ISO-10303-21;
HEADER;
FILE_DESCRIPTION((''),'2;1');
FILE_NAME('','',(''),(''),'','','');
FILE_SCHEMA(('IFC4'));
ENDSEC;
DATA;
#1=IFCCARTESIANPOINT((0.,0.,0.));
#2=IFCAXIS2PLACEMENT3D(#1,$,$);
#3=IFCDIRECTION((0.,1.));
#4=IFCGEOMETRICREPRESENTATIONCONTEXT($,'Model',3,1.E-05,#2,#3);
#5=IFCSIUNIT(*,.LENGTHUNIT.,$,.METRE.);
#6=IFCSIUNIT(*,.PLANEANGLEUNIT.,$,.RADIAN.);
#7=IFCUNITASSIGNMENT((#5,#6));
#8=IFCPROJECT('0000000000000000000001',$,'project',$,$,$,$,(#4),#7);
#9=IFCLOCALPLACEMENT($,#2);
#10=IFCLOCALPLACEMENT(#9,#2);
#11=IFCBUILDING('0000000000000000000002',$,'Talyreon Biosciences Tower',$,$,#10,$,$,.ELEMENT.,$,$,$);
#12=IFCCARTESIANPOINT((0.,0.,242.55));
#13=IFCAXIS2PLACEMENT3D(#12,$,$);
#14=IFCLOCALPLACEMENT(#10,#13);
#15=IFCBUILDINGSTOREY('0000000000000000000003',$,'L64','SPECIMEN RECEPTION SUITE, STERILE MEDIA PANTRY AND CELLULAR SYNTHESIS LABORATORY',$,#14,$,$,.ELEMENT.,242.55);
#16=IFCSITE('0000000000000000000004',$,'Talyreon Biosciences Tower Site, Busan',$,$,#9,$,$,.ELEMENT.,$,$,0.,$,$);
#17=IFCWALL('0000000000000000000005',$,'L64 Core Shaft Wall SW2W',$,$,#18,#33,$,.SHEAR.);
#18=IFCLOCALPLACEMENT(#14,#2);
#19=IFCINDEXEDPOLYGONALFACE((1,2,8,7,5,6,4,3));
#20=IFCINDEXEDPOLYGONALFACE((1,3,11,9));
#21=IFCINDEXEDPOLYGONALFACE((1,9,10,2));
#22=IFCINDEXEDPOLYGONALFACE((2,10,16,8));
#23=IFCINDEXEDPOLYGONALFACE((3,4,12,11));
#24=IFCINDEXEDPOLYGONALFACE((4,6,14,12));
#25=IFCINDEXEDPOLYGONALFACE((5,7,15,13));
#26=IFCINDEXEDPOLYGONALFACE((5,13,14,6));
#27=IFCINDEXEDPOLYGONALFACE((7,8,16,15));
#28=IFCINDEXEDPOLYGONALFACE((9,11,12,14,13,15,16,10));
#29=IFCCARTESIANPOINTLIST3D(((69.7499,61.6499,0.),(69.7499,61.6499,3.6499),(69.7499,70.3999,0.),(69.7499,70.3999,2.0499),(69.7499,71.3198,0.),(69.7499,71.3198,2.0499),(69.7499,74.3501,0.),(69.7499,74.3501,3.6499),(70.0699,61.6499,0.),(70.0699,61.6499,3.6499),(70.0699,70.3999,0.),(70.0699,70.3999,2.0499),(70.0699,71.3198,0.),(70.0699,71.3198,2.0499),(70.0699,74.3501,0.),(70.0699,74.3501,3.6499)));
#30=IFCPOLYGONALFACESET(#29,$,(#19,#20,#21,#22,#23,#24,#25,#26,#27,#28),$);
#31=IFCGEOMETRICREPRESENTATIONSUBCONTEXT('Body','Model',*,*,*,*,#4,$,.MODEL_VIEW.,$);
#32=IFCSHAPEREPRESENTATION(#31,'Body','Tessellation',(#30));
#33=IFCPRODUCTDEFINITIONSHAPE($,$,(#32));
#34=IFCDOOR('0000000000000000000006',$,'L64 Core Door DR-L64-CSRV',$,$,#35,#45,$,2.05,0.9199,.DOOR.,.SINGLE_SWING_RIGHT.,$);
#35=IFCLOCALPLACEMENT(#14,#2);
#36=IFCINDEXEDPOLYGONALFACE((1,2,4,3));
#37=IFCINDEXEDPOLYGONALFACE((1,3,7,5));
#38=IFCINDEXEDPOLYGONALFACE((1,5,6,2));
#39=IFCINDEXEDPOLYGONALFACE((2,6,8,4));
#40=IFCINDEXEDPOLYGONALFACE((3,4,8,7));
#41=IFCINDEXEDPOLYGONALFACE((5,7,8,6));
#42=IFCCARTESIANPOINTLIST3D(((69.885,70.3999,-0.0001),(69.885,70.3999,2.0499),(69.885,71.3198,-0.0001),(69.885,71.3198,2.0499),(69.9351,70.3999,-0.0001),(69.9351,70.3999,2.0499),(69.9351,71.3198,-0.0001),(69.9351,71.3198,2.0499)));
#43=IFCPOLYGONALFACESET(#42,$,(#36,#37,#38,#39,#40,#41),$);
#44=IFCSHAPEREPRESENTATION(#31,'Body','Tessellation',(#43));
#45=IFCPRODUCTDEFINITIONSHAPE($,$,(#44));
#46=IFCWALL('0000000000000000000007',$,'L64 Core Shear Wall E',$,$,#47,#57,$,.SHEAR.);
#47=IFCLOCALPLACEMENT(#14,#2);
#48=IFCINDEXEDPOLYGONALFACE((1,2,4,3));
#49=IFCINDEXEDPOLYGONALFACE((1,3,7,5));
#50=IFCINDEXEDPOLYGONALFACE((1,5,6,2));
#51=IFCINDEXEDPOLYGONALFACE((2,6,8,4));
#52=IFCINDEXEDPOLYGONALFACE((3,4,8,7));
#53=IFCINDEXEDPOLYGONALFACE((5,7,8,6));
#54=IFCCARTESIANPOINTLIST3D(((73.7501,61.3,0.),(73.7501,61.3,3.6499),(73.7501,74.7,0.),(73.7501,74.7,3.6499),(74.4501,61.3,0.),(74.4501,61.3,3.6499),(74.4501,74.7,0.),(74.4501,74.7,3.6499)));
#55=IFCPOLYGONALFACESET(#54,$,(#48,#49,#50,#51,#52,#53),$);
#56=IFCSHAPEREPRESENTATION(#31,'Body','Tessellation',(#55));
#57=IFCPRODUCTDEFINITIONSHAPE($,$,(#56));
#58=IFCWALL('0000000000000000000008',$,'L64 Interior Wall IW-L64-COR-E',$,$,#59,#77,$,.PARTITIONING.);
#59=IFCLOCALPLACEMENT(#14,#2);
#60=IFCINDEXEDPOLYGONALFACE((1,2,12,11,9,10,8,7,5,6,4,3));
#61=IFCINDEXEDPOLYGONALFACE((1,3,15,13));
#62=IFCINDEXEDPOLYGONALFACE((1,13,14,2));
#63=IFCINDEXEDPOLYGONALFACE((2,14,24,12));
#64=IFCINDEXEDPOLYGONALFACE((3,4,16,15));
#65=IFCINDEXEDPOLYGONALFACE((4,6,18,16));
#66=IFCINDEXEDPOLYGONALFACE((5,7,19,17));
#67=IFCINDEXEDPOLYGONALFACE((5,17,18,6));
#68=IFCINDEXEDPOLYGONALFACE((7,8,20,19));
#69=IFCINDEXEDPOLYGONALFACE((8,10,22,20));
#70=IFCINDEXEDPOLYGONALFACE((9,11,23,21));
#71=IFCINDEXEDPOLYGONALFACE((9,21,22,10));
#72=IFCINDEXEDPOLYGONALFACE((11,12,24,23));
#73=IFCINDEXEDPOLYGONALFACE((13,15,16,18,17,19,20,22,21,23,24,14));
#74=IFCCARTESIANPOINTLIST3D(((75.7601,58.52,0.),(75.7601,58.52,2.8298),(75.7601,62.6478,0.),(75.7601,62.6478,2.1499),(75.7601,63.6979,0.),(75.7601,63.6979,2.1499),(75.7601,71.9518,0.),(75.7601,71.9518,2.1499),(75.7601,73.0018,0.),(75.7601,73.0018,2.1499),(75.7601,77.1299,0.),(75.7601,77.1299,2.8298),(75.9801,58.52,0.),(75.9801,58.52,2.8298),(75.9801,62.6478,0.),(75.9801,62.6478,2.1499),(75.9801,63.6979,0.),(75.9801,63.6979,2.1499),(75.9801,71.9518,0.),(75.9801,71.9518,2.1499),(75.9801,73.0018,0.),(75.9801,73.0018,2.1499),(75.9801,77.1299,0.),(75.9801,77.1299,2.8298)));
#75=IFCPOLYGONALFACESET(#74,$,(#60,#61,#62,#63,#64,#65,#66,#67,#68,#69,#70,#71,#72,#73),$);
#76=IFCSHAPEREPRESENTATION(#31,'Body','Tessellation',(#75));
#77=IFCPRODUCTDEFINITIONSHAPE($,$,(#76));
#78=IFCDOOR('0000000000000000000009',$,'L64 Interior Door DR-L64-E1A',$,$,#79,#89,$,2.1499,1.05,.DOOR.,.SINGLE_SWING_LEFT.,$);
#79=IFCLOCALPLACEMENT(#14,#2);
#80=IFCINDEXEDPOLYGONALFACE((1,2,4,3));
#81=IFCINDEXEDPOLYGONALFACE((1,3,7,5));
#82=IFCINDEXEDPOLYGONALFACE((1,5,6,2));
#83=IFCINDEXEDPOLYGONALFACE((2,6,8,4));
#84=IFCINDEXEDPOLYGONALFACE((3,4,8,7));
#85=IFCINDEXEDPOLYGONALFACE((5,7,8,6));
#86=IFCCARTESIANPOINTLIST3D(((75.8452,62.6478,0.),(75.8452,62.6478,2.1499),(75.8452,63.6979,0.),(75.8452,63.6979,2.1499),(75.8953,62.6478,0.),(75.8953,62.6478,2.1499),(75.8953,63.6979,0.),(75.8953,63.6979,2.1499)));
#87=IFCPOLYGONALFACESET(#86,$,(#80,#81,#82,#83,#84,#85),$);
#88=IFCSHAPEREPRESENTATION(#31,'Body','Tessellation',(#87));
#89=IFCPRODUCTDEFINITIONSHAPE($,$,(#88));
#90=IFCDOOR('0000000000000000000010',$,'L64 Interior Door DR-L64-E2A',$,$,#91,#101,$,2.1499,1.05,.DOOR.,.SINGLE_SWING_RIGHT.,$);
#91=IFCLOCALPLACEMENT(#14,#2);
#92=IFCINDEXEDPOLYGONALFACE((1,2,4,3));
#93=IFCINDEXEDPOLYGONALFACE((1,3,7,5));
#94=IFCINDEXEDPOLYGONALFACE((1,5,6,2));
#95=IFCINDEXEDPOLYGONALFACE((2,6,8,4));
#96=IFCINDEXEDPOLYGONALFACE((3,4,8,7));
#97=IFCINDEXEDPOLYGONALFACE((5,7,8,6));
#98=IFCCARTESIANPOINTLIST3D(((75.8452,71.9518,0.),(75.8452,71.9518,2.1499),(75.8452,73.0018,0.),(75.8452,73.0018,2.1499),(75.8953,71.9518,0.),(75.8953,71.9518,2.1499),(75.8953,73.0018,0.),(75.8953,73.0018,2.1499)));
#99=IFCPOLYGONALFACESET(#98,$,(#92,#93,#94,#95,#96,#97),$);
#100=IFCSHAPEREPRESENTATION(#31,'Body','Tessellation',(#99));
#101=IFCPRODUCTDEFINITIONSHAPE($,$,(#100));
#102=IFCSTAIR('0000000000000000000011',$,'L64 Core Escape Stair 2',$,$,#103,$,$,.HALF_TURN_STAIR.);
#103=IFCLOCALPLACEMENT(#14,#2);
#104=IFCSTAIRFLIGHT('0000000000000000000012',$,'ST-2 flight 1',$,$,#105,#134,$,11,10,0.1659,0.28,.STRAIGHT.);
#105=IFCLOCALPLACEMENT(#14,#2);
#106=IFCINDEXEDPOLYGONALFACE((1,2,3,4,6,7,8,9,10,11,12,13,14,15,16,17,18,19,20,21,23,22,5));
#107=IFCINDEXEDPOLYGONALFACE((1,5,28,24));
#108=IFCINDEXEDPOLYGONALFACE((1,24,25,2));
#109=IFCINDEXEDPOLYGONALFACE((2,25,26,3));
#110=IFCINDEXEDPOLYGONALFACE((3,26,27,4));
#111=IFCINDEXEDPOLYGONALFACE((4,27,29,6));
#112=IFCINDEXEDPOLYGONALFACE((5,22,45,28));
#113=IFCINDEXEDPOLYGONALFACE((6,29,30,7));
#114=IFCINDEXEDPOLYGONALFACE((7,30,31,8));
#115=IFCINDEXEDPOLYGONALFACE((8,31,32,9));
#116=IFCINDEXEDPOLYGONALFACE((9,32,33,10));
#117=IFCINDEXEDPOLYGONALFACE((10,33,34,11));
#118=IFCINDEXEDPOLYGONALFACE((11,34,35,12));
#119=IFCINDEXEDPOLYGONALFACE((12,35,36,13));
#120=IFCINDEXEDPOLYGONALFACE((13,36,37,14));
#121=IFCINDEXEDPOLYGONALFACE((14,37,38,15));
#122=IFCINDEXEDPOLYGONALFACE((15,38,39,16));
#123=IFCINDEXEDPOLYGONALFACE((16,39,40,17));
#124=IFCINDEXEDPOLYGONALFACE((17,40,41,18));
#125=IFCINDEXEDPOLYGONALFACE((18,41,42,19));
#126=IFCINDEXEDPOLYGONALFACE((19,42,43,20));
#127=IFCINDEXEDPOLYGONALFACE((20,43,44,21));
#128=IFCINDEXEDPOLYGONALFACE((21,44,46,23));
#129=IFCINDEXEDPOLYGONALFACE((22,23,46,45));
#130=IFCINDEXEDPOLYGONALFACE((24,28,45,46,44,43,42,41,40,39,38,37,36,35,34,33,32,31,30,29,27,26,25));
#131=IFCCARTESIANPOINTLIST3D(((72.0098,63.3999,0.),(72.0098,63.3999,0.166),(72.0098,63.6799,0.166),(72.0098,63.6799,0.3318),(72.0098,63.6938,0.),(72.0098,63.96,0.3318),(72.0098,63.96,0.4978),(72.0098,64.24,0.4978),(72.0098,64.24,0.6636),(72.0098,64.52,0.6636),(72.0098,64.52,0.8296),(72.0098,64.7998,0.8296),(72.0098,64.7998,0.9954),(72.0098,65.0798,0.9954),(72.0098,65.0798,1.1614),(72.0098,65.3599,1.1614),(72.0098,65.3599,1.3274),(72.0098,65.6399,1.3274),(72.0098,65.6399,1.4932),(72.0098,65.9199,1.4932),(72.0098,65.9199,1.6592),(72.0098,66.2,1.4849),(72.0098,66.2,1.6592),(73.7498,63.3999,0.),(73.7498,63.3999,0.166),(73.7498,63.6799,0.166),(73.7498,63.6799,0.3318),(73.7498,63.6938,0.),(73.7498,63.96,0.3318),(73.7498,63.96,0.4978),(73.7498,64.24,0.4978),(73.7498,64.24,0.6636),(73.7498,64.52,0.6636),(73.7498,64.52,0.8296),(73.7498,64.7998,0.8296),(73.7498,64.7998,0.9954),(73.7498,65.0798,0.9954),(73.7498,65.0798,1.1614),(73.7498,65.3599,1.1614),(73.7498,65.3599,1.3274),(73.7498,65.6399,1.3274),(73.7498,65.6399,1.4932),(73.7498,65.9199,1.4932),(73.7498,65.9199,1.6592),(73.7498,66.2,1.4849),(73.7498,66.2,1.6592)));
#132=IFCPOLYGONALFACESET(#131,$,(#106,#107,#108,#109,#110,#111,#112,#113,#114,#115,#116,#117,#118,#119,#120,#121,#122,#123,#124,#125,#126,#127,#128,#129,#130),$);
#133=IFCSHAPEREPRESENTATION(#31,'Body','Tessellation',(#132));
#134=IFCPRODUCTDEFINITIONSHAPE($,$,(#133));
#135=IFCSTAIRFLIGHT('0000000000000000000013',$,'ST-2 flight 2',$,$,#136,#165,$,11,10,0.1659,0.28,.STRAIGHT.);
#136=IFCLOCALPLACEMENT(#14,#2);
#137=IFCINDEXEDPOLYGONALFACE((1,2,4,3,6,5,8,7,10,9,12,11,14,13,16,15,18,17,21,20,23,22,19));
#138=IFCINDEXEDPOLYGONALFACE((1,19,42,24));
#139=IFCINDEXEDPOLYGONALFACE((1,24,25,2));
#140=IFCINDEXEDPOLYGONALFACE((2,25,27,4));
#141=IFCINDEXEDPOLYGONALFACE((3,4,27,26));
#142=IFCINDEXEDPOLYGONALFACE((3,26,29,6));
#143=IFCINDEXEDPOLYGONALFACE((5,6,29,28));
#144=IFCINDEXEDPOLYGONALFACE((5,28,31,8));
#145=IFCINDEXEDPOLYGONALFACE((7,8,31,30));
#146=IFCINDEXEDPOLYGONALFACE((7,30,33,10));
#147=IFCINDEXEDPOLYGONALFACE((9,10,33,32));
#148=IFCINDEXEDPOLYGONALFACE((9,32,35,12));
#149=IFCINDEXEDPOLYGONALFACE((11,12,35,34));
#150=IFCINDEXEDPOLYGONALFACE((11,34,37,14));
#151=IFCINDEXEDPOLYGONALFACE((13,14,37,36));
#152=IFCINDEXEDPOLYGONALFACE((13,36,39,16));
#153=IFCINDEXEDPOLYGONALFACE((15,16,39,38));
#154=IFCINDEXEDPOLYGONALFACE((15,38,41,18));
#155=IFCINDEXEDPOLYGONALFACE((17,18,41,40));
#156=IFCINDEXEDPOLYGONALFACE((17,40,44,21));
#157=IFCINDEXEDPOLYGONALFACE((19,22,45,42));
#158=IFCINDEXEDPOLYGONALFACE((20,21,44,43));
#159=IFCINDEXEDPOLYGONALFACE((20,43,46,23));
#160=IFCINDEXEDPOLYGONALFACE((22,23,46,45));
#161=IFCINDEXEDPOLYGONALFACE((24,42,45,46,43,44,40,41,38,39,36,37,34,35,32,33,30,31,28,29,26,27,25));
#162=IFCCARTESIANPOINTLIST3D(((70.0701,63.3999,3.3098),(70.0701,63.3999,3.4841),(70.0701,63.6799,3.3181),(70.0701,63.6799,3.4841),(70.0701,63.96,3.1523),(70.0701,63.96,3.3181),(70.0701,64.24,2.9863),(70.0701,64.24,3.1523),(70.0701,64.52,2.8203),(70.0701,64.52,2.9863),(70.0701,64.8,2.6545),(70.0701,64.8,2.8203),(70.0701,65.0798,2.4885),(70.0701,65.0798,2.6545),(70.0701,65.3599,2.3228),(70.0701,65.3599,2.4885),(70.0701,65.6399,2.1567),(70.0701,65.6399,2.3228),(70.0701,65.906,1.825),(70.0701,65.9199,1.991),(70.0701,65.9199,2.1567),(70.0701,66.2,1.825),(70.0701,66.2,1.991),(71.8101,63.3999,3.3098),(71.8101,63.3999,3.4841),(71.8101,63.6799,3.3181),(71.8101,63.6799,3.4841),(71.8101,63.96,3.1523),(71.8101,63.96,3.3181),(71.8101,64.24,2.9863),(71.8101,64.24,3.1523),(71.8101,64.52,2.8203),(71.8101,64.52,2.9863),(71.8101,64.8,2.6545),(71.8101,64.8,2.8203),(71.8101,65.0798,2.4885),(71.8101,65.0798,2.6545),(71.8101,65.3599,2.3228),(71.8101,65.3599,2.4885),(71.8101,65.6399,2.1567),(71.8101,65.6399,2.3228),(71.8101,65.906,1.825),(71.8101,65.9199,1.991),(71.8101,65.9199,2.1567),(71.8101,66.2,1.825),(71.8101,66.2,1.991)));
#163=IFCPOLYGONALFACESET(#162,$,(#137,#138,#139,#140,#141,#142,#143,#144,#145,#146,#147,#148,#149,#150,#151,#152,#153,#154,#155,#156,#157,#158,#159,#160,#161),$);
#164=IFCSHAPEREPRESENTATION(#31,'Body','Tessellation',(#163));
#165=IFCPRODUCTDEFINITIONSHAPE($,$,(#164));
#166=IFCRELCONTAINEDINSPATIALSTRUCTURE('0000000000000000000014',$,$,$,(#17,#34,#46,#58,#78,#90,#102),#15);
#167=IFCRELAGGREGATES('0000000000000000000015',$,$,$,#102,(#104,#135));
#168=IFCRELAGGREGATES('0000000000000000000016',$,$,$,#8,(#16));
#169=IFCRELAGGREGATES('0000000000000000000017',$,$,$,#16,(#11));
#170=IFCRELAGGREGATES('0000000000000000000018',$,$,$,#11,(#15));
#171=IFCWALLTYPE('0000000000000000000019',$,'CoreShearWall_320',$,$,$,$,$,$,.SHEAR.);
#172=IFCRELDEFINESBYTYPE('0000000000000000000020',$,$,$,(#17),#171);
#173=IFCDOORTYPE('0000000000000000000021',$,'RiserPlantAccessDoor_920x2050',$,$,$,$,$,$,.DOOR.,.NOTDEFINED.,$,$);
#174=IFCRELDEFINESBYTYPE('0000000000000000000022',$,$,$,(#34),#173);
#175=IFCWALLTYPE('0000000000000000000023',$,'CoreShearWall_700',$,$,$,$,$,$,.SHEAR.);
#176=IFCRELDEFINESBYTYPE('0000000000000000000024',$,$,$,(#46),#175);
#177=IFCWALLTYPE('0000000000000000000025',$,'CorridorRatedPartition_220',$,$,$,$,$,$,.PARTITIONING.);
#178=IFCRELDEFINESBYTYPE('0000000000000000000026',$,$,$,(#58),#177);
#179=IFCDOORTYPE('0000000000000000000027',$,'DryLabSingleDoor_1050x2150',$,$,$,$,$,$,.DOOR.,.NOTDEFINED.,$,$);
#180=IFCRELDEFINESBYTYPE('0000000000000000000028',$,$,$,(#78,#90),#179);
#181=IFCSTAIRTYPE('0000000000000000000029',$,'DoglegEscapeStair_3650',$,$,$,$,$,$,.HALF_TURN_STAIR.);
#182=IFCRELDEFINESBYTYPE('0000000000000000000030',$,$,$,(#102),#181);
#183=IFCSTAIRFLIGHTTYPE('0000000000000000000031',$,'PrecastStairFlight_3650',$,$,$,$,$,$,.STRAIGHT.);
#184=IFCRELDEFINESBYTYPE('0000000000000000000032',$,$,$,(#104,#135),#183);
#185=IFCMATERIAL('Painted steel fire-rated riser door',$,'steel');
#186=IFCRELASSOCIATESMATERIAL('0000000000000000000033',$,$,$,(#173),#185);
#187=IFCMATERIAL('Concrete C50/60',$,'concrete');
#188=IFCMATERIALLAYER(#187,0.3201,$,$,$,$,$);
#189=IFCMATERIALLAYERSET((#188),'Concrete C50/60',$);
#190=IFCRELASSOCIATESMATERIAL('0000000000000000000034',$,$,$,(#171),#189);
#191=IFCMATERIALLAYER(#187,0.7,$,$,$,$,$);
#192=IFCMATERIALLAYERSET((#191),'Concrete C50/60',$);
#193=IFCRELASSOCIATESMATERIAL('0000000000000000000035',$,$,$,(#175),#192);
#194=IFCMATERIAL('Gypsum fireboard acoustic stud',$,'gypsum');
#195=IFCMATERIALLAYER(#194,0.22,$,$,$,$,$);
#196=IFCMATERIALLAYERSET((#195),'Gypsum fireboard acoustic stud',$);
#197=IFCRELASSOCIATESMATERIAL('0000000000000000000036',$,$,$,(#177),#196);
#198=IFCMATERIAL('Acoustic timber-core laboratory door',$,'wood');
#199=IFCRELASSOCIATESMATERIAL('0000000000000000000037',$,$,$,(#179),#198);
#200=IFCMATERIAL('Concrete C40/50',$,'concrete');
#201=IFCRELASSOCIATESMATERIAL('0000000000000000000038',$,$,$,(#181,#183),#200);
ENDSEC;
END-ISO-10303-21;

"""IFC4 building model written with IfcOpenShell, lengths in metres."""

from ifc_helpers import new_model, si_unit, direction, frame, frame_2d, origin, place, context, subcontext, project, spatial, polyline, rectangle, outline, extrude, material, layer, layer_set, type_object, element, fill, aggregate, save


model = new_model("IFC4")

# Units and contexts
model_context = context("Model", 3, precision=1e-05, world=origin(), true_north=direction((0.0, 1.0)))
body_context = subcontext(model_context, "Body", "Model", "MODEL_VIEW")
ifc_project = project(units=[si_unit("LENGTHUNIT", "METRE"), si_unit("PLANEANGLEUNIT", "RADIAN")], contexts=[model_context])

# Site, building, storey
site_placement = place(None, origin())
site = spatial("IfcSite", under=ifc_project, at=site_placement, Name="Talyreon Biosciences Tower Site, Busan", CompositionType="ELEMENT", RefElevation=0.0)
building_placement = place(site_placement, origin())
building = spatial("IfcBuilding", under=site, at=building_placement, Name="Talyreon Biosciences Tower", CompositionType="ELEMENT")
storey_placement = place(building_placement, frame((0.0, 0.0, 242.55)))
storey = spatial("IfcBuildingStorey", under=building, at=storey_placement, Name="L64", Description="SPECIMEN RECEPTION SUITE, STERILE MEDIA PANTRY AND CELLULAR SYNTHESIS LABORATORY", CompositionType="ELEMENT", Elevation=242.55)

# Shared definitions
ifc_material_1 = material(Name="Concrete C50/60", Category="concrete")

# Wall, opening, door
ifc_material_2 = material(Name="Painted steel fire-rated riser door", Category="steel")
door_type_1 = type_object("IfcDoorType", Name="RiserPlantAccessDoor_920x2050", OperationType="NOTDEFINED", PredefinedType="DOOR", material=ifc_material_2)
ifc_layer_1 = layer(ifc_material_1, 0.3201)
ifc_layer_set_1 = layer_set([ifc_layer_1], Name="Concrete C50/60")
wall_type_1 = type_object("IfcWallType", Name="CoreShearWall_320", PredefinedType="SHEAR", material=ifc_layer_set_1)
wall_1_placement = place(storey_placement, frame((69.9099, 61.6499, 0.0), z_axis=(0.0, 0.0, 1.0), x_axis=(0.0, 1.0, 0.0)))
wall_1 = element("IfcWall", 1, at=wall_1_placement, inside=storey, type_object=wall_type_1, Name="L64 Core Shaft Wall SW2W", PredefinedType="SHEAR", context=body_context, shape_type="SweptSolid", body=[
    extrude(rectangle(XDim=12.7002, YDim=0.3201, at=frame_2d((6.3501, 0.0))), origin(), (0.0, 0.0, 1.0), 3.6499),
])
opening_1_placement = place(wall_1_placement, frame((8.75, 0.0, 0.0)))
opening_1 = element("IfcOpeningElement", 2, at=opening_1_placement, cuts=wall_1, PredefinedType="OPENING", context=body_context, shape_type="SweptSolid", body=[
    extrude(rectangle(XDim=0.9199, YDim=2.05, at=frame_2d((0.46, 1.0249))), frame((0.0, 0.1699, 0.0), z_axis=(0.0, -1.0, 0.0), x_axis=(1.0, 0.0, 0.0)), (0.0, 0.0, 1.0), 0.3401),
])
door_1_placement = place(opening_1_placement, origin())
door_1 = element("IfcDoor", 3, at=door_1_placement, inside=storey, type_object=door_type_1, Name="L64 Core Door DR-L64-CSRV", OperationType="SINGLE_SWING_RIGHT", OverallHeight=2.05, OverallWidth=0.9199, PredefinedType="DOOR", context=body_context, shape_type="SweptSolid", body=[
    extrude(rectangle(XDim=0.9199, YDim=2.05, at=frame_2d((0.46, 1.0249))), frame((0.0, 0.0249, 0.0), z_axis=(0.0, -1.0, 0.0), x_axis=(1.0, 0.0, 0.0)), (0.0, 0.0, 1.0), 0.05),
])
fill(opening_1, door_1)

# Wall
ifc_layer_2 = layer(ifc_material_1, 0.7)
ifc_layer_set_2 = layer_set([ifc_layer_2], Name="Concrete C50/60")
wall_type_2 = type_object("IfcWallType", Name="CoreShearWall_700", PredefinedType="SHEAR", material=ifc_layer_set_2)
wall_2_placement = place(storey_placement, frame((74.1001, 61.3, 0.0), z_axis=(0.0, 0.0, 1.0), x_axis=(0.0, 1.0, 0.0)))
element("IfcWall", 4, at=wall_2_placement, inside=storey, type_object=wall_type_2, Name="L64 Core Shear Wall E", PredefinedType="SHEAR", context=body_context, shape_type="SweptSolid", body=[
    extrude(rectangle(XDim=13.3999, YDim=0.7, at=frame_2d((6.7, 0.0))), origin(), (0.0, 0.0, 1.0), 3.6499),
])

# Wall, openings, doors
ifc_material_3 = material(Name="Gypsum fireboard acoustic stud", Category="gypsum")
ifc_layer_3 = layer(ifc_material_3, 0.22)
ifc_layer_set_3 = layer_set([ifc_layer_3], Name="Gypsum fireboard acoustic stud")
wall_type_3 = type_object("IfcWallType", Name="CorridorRatedPartition_220", PredefinedType="PARTITIONING", material=ifc_layer_set_3)
wall_3_placement = place(storey_placement, frame((75.8701, 58.52, 0.0), z_axis=(0.0, 0.0, 1.0), x_axis=(0.0, 1.0, 0.0)))
wall_3 = element("IfcWall", 5, at=wall_3_placement, inside=storey, type_object=wall_type_3, Name="L64 Interior Wall IW-L64-COR-E", PredefinedType="PARTITIONING", context=body_context, shape_type="SweptSolid", body=[
    extrude(rectangle(XDim=18.6099, YDim=0.22, at=frame_2d((9.3049, 0.0))), origin(), (0.0, 0.0, 1.0), 2.8298),
])
opening_2_placement = place(wall_3_placement, frame((4.1279, 0.0, 0.0)))
opening_2 = element("IfcOpeningElement", 6, at=opening_2_placement, cuts=wall_3, PredefinedType="OPENING", context=body_context, shape_type="SweptSolid", body=[
    extrude(rectangle(XDim=1.05, YDim=2.1499, at=frame_2d((0.5249, 1.075))), frame((0.0, 0.1199, 0.0), z_axis=(0.0, -1.0, 0.0), x_axis=(1.0, 0.0, 0.0)), (0.0, 0.0, 1.0), 0.24),
])
opening_3_placement = place(wall_3_placement, frame((13.4319, 0.0, 0.0)))
opening_3 = element("IfcOpeningElement", 7, at=opening_3_placement, cuts=wall_3, PredefinedType="OPENING", context=body_context, shape_type="SweptSolid", body=[
    extrude(rectangle(XDim=1.05, YDim=2.1499, at=frame_2d((0.5249, 1.075))), frame((0.0, 0.1199, 0.0), z_axis=(0.0, -1.0, 0.0), x_axis=(1.0, 0.0, 0.0)), (0.0, 0.0, 1.0), 0.24),
])
ifc_material_4 = material(Name="Acoustic timber-core laboratory door", Category="wood")
door_type_2 = type_object("IfcDoorType", Name="DryLabSingleDoor_1050x2150", OperationType="NOTDEFINED", PredefinedType="DOOR", material=ifc_material_4)
door_2_placement = place(opening_2_placement, origin())
door_2 = element("IfcDoor", 8, at=door_2_placement, inside=storey, type_object=door_type_2, Name="L64 Interior Door DR-L64-E1A", OperationType="SINGLE_SWING_LEFT", OverallHeight=2.1499, OverallWidth=1.05, PredefinedType="DOOR", context=body_context, shape_type="SweptSolid", body=[
    extrude(rectangle(XDim=1.05, YDim=2.1499, at=frame_2d((0.5249, 1.075))), frame((0.0, 0.0249, 0.0), z_axis=(0.0, -1.0, 0.0), x_axis=(1.0, 0.0, 0.0)), (0.0, 0.0, 1.0), 0.05),
])
fill(opening_2, door_2)
door_3_placement = place(opening_3_placement, origin())
door_3 = element("IfcDoor", 9, at=door_3_placement, inside=storey, type_object=door_type_2, Name="L64 Interior Door DR-L64-E2A", OperationType="SINGLE_SWING_RIGHT", OverallHeight=2.1499, OverallWidth=1.05, PredefinedType="DOOR", context=body_context, shape_type="SweptSolid", body=[
    extrude(rectangle(XDim=1.05, YDim=2.1499, at=frame_2d((0.5249, 1.075))), frame((0.0, 0.0249, 0.0), z_axis=(0.0, -1.0, 0.0), x_axis=(1.0, 0.0, 0.0)), (0.0, 0.0, 1.0), 0.05),
])
fill(opening_3, door_3)

# Stair, stair flights
ifc_material_5 = material(Name="Concrete C40/50", Category="concrete")
stair_type = type_object("IfcStairType", Name="DoglegEscapeStair_3650", PredefinedType="HALF_TURN_STAIR", material=ifc_material_5)
stair_placement = place(storey_placement, origin())
stair = element("IfcStair", 10, at=stair_placement, inside=storey, type_object=stair_type, Name="L64 Core Escape Stair 2", PredefinedType="HALF_TURN_STAIR")
stair_flight_type = type_object("IfcStairFlightType", Name="PrecastStairFlight_3650", PredefinedType="STRAIGHT", material=ifc_material_5)
stair_flight_1_placement = place(storey_placement, frame((72.8799, 63.3999, 0.0), z_axis=(0.0, 0.0, 1.0), x_axis=(0.0, 1.0, 0.0)))
stair_flight_1 = element("IfcStairFlight", 11, at=stair_flight_1_placement, type_object=stair_flight_type, Name="ST-2 flight 1", NumberOfRisers=11, NumberOfTreads=10, PredefinedType="STRAIGHT", RiserHeight=0.1659, TreadLength=0.28, context=body_context, shape_type="SweptSolid", body=[
    extrude(outline(polyline([(0.0, 0.0), (0.0, 0.166), (0.28, 0.166), (0.28, 0.3318), (0.5601, 0.3318), (0.5601, 0.4978), (0.8401, 0.4978), (0.8401, 0.6636), (1.1201, 0.6636), (1.1201, 0.8296), (1.3999, 0.8296), (1.3999, 0.9954), (1.6799, 0.9954), (1.6799, 1.1614), (1.96, 1.1614), (1.96, 1.3274), (2.24, 1.3274), (2.24, 1.4932), (2.52, 1.4932), (2.52, 1.6592), (2.8, 1.6592), (2.8, 1.825), (2.8, 1.4849), (0.2939, 0.0), (0.0, 0.0)])), frame((0.0, 0.8701, 0.0), z_axis=(0.0, -1.0, 0.0), x_axis=(1.0, 0.0, 0.0)), (0.0, 0.0, 1.0), 1.74),
])
stair_flight_2_placement = place(storey_placement, frame((70.9399, 66.2, 1.825), z_axis=(0.0, 0.0, 1.0), x_axis=(0.0, -1.0, 0.0)))
stair_flight_2 = element("IfcStairFlight", 12, at=stair_flight_2_placement, type_object=stair_flight_type, Name="ST-2 flight 2", NumberOfRisers=11, NumberOfTreads=10, PredefinedType="STRAIGHT", RiserHeight=0.1659, TreadLength=0.28, context=body_context, shape_type="SweptSolid", body=[
    extrude(outline(polyline([(0.0, 0.0), (0.0, 0.166), (0.28, 0.166), (0.28, 0.3318), (0.5601, 0.3318), (0.5601, 0.4978), (0.8401, 0.4978), (0.8401, 0.6636), (1.1201, 0.6636), (1.1201, 0.8296), (1.3999, 0.8296), (1.3999, 0.9954), (1.6799, 0.9954), (1.6799, 1.1614), (1.96, 1.1614), (1.96, 1.3274), (2.24, 1.3274), (2.24, 1.4932), (2.52, 1.4932), (2.52, 1.6592), (2.8, 1.6592), (2.8, 1.825), (2.8, 1.4849), (0.2939, 0.0), (0.0, 0.0)])), frame((0.0, 0.8701, 0.0), z_axis=(0.0, -1.0, 0.0), x_axis=(1.0, 0.0, 0.0)), (0.0, 0.0, 1.0), 1.74),
])
aggregate(stair, [stair_flight_1, stair_flight_2])

save(model, "model.ifc")
